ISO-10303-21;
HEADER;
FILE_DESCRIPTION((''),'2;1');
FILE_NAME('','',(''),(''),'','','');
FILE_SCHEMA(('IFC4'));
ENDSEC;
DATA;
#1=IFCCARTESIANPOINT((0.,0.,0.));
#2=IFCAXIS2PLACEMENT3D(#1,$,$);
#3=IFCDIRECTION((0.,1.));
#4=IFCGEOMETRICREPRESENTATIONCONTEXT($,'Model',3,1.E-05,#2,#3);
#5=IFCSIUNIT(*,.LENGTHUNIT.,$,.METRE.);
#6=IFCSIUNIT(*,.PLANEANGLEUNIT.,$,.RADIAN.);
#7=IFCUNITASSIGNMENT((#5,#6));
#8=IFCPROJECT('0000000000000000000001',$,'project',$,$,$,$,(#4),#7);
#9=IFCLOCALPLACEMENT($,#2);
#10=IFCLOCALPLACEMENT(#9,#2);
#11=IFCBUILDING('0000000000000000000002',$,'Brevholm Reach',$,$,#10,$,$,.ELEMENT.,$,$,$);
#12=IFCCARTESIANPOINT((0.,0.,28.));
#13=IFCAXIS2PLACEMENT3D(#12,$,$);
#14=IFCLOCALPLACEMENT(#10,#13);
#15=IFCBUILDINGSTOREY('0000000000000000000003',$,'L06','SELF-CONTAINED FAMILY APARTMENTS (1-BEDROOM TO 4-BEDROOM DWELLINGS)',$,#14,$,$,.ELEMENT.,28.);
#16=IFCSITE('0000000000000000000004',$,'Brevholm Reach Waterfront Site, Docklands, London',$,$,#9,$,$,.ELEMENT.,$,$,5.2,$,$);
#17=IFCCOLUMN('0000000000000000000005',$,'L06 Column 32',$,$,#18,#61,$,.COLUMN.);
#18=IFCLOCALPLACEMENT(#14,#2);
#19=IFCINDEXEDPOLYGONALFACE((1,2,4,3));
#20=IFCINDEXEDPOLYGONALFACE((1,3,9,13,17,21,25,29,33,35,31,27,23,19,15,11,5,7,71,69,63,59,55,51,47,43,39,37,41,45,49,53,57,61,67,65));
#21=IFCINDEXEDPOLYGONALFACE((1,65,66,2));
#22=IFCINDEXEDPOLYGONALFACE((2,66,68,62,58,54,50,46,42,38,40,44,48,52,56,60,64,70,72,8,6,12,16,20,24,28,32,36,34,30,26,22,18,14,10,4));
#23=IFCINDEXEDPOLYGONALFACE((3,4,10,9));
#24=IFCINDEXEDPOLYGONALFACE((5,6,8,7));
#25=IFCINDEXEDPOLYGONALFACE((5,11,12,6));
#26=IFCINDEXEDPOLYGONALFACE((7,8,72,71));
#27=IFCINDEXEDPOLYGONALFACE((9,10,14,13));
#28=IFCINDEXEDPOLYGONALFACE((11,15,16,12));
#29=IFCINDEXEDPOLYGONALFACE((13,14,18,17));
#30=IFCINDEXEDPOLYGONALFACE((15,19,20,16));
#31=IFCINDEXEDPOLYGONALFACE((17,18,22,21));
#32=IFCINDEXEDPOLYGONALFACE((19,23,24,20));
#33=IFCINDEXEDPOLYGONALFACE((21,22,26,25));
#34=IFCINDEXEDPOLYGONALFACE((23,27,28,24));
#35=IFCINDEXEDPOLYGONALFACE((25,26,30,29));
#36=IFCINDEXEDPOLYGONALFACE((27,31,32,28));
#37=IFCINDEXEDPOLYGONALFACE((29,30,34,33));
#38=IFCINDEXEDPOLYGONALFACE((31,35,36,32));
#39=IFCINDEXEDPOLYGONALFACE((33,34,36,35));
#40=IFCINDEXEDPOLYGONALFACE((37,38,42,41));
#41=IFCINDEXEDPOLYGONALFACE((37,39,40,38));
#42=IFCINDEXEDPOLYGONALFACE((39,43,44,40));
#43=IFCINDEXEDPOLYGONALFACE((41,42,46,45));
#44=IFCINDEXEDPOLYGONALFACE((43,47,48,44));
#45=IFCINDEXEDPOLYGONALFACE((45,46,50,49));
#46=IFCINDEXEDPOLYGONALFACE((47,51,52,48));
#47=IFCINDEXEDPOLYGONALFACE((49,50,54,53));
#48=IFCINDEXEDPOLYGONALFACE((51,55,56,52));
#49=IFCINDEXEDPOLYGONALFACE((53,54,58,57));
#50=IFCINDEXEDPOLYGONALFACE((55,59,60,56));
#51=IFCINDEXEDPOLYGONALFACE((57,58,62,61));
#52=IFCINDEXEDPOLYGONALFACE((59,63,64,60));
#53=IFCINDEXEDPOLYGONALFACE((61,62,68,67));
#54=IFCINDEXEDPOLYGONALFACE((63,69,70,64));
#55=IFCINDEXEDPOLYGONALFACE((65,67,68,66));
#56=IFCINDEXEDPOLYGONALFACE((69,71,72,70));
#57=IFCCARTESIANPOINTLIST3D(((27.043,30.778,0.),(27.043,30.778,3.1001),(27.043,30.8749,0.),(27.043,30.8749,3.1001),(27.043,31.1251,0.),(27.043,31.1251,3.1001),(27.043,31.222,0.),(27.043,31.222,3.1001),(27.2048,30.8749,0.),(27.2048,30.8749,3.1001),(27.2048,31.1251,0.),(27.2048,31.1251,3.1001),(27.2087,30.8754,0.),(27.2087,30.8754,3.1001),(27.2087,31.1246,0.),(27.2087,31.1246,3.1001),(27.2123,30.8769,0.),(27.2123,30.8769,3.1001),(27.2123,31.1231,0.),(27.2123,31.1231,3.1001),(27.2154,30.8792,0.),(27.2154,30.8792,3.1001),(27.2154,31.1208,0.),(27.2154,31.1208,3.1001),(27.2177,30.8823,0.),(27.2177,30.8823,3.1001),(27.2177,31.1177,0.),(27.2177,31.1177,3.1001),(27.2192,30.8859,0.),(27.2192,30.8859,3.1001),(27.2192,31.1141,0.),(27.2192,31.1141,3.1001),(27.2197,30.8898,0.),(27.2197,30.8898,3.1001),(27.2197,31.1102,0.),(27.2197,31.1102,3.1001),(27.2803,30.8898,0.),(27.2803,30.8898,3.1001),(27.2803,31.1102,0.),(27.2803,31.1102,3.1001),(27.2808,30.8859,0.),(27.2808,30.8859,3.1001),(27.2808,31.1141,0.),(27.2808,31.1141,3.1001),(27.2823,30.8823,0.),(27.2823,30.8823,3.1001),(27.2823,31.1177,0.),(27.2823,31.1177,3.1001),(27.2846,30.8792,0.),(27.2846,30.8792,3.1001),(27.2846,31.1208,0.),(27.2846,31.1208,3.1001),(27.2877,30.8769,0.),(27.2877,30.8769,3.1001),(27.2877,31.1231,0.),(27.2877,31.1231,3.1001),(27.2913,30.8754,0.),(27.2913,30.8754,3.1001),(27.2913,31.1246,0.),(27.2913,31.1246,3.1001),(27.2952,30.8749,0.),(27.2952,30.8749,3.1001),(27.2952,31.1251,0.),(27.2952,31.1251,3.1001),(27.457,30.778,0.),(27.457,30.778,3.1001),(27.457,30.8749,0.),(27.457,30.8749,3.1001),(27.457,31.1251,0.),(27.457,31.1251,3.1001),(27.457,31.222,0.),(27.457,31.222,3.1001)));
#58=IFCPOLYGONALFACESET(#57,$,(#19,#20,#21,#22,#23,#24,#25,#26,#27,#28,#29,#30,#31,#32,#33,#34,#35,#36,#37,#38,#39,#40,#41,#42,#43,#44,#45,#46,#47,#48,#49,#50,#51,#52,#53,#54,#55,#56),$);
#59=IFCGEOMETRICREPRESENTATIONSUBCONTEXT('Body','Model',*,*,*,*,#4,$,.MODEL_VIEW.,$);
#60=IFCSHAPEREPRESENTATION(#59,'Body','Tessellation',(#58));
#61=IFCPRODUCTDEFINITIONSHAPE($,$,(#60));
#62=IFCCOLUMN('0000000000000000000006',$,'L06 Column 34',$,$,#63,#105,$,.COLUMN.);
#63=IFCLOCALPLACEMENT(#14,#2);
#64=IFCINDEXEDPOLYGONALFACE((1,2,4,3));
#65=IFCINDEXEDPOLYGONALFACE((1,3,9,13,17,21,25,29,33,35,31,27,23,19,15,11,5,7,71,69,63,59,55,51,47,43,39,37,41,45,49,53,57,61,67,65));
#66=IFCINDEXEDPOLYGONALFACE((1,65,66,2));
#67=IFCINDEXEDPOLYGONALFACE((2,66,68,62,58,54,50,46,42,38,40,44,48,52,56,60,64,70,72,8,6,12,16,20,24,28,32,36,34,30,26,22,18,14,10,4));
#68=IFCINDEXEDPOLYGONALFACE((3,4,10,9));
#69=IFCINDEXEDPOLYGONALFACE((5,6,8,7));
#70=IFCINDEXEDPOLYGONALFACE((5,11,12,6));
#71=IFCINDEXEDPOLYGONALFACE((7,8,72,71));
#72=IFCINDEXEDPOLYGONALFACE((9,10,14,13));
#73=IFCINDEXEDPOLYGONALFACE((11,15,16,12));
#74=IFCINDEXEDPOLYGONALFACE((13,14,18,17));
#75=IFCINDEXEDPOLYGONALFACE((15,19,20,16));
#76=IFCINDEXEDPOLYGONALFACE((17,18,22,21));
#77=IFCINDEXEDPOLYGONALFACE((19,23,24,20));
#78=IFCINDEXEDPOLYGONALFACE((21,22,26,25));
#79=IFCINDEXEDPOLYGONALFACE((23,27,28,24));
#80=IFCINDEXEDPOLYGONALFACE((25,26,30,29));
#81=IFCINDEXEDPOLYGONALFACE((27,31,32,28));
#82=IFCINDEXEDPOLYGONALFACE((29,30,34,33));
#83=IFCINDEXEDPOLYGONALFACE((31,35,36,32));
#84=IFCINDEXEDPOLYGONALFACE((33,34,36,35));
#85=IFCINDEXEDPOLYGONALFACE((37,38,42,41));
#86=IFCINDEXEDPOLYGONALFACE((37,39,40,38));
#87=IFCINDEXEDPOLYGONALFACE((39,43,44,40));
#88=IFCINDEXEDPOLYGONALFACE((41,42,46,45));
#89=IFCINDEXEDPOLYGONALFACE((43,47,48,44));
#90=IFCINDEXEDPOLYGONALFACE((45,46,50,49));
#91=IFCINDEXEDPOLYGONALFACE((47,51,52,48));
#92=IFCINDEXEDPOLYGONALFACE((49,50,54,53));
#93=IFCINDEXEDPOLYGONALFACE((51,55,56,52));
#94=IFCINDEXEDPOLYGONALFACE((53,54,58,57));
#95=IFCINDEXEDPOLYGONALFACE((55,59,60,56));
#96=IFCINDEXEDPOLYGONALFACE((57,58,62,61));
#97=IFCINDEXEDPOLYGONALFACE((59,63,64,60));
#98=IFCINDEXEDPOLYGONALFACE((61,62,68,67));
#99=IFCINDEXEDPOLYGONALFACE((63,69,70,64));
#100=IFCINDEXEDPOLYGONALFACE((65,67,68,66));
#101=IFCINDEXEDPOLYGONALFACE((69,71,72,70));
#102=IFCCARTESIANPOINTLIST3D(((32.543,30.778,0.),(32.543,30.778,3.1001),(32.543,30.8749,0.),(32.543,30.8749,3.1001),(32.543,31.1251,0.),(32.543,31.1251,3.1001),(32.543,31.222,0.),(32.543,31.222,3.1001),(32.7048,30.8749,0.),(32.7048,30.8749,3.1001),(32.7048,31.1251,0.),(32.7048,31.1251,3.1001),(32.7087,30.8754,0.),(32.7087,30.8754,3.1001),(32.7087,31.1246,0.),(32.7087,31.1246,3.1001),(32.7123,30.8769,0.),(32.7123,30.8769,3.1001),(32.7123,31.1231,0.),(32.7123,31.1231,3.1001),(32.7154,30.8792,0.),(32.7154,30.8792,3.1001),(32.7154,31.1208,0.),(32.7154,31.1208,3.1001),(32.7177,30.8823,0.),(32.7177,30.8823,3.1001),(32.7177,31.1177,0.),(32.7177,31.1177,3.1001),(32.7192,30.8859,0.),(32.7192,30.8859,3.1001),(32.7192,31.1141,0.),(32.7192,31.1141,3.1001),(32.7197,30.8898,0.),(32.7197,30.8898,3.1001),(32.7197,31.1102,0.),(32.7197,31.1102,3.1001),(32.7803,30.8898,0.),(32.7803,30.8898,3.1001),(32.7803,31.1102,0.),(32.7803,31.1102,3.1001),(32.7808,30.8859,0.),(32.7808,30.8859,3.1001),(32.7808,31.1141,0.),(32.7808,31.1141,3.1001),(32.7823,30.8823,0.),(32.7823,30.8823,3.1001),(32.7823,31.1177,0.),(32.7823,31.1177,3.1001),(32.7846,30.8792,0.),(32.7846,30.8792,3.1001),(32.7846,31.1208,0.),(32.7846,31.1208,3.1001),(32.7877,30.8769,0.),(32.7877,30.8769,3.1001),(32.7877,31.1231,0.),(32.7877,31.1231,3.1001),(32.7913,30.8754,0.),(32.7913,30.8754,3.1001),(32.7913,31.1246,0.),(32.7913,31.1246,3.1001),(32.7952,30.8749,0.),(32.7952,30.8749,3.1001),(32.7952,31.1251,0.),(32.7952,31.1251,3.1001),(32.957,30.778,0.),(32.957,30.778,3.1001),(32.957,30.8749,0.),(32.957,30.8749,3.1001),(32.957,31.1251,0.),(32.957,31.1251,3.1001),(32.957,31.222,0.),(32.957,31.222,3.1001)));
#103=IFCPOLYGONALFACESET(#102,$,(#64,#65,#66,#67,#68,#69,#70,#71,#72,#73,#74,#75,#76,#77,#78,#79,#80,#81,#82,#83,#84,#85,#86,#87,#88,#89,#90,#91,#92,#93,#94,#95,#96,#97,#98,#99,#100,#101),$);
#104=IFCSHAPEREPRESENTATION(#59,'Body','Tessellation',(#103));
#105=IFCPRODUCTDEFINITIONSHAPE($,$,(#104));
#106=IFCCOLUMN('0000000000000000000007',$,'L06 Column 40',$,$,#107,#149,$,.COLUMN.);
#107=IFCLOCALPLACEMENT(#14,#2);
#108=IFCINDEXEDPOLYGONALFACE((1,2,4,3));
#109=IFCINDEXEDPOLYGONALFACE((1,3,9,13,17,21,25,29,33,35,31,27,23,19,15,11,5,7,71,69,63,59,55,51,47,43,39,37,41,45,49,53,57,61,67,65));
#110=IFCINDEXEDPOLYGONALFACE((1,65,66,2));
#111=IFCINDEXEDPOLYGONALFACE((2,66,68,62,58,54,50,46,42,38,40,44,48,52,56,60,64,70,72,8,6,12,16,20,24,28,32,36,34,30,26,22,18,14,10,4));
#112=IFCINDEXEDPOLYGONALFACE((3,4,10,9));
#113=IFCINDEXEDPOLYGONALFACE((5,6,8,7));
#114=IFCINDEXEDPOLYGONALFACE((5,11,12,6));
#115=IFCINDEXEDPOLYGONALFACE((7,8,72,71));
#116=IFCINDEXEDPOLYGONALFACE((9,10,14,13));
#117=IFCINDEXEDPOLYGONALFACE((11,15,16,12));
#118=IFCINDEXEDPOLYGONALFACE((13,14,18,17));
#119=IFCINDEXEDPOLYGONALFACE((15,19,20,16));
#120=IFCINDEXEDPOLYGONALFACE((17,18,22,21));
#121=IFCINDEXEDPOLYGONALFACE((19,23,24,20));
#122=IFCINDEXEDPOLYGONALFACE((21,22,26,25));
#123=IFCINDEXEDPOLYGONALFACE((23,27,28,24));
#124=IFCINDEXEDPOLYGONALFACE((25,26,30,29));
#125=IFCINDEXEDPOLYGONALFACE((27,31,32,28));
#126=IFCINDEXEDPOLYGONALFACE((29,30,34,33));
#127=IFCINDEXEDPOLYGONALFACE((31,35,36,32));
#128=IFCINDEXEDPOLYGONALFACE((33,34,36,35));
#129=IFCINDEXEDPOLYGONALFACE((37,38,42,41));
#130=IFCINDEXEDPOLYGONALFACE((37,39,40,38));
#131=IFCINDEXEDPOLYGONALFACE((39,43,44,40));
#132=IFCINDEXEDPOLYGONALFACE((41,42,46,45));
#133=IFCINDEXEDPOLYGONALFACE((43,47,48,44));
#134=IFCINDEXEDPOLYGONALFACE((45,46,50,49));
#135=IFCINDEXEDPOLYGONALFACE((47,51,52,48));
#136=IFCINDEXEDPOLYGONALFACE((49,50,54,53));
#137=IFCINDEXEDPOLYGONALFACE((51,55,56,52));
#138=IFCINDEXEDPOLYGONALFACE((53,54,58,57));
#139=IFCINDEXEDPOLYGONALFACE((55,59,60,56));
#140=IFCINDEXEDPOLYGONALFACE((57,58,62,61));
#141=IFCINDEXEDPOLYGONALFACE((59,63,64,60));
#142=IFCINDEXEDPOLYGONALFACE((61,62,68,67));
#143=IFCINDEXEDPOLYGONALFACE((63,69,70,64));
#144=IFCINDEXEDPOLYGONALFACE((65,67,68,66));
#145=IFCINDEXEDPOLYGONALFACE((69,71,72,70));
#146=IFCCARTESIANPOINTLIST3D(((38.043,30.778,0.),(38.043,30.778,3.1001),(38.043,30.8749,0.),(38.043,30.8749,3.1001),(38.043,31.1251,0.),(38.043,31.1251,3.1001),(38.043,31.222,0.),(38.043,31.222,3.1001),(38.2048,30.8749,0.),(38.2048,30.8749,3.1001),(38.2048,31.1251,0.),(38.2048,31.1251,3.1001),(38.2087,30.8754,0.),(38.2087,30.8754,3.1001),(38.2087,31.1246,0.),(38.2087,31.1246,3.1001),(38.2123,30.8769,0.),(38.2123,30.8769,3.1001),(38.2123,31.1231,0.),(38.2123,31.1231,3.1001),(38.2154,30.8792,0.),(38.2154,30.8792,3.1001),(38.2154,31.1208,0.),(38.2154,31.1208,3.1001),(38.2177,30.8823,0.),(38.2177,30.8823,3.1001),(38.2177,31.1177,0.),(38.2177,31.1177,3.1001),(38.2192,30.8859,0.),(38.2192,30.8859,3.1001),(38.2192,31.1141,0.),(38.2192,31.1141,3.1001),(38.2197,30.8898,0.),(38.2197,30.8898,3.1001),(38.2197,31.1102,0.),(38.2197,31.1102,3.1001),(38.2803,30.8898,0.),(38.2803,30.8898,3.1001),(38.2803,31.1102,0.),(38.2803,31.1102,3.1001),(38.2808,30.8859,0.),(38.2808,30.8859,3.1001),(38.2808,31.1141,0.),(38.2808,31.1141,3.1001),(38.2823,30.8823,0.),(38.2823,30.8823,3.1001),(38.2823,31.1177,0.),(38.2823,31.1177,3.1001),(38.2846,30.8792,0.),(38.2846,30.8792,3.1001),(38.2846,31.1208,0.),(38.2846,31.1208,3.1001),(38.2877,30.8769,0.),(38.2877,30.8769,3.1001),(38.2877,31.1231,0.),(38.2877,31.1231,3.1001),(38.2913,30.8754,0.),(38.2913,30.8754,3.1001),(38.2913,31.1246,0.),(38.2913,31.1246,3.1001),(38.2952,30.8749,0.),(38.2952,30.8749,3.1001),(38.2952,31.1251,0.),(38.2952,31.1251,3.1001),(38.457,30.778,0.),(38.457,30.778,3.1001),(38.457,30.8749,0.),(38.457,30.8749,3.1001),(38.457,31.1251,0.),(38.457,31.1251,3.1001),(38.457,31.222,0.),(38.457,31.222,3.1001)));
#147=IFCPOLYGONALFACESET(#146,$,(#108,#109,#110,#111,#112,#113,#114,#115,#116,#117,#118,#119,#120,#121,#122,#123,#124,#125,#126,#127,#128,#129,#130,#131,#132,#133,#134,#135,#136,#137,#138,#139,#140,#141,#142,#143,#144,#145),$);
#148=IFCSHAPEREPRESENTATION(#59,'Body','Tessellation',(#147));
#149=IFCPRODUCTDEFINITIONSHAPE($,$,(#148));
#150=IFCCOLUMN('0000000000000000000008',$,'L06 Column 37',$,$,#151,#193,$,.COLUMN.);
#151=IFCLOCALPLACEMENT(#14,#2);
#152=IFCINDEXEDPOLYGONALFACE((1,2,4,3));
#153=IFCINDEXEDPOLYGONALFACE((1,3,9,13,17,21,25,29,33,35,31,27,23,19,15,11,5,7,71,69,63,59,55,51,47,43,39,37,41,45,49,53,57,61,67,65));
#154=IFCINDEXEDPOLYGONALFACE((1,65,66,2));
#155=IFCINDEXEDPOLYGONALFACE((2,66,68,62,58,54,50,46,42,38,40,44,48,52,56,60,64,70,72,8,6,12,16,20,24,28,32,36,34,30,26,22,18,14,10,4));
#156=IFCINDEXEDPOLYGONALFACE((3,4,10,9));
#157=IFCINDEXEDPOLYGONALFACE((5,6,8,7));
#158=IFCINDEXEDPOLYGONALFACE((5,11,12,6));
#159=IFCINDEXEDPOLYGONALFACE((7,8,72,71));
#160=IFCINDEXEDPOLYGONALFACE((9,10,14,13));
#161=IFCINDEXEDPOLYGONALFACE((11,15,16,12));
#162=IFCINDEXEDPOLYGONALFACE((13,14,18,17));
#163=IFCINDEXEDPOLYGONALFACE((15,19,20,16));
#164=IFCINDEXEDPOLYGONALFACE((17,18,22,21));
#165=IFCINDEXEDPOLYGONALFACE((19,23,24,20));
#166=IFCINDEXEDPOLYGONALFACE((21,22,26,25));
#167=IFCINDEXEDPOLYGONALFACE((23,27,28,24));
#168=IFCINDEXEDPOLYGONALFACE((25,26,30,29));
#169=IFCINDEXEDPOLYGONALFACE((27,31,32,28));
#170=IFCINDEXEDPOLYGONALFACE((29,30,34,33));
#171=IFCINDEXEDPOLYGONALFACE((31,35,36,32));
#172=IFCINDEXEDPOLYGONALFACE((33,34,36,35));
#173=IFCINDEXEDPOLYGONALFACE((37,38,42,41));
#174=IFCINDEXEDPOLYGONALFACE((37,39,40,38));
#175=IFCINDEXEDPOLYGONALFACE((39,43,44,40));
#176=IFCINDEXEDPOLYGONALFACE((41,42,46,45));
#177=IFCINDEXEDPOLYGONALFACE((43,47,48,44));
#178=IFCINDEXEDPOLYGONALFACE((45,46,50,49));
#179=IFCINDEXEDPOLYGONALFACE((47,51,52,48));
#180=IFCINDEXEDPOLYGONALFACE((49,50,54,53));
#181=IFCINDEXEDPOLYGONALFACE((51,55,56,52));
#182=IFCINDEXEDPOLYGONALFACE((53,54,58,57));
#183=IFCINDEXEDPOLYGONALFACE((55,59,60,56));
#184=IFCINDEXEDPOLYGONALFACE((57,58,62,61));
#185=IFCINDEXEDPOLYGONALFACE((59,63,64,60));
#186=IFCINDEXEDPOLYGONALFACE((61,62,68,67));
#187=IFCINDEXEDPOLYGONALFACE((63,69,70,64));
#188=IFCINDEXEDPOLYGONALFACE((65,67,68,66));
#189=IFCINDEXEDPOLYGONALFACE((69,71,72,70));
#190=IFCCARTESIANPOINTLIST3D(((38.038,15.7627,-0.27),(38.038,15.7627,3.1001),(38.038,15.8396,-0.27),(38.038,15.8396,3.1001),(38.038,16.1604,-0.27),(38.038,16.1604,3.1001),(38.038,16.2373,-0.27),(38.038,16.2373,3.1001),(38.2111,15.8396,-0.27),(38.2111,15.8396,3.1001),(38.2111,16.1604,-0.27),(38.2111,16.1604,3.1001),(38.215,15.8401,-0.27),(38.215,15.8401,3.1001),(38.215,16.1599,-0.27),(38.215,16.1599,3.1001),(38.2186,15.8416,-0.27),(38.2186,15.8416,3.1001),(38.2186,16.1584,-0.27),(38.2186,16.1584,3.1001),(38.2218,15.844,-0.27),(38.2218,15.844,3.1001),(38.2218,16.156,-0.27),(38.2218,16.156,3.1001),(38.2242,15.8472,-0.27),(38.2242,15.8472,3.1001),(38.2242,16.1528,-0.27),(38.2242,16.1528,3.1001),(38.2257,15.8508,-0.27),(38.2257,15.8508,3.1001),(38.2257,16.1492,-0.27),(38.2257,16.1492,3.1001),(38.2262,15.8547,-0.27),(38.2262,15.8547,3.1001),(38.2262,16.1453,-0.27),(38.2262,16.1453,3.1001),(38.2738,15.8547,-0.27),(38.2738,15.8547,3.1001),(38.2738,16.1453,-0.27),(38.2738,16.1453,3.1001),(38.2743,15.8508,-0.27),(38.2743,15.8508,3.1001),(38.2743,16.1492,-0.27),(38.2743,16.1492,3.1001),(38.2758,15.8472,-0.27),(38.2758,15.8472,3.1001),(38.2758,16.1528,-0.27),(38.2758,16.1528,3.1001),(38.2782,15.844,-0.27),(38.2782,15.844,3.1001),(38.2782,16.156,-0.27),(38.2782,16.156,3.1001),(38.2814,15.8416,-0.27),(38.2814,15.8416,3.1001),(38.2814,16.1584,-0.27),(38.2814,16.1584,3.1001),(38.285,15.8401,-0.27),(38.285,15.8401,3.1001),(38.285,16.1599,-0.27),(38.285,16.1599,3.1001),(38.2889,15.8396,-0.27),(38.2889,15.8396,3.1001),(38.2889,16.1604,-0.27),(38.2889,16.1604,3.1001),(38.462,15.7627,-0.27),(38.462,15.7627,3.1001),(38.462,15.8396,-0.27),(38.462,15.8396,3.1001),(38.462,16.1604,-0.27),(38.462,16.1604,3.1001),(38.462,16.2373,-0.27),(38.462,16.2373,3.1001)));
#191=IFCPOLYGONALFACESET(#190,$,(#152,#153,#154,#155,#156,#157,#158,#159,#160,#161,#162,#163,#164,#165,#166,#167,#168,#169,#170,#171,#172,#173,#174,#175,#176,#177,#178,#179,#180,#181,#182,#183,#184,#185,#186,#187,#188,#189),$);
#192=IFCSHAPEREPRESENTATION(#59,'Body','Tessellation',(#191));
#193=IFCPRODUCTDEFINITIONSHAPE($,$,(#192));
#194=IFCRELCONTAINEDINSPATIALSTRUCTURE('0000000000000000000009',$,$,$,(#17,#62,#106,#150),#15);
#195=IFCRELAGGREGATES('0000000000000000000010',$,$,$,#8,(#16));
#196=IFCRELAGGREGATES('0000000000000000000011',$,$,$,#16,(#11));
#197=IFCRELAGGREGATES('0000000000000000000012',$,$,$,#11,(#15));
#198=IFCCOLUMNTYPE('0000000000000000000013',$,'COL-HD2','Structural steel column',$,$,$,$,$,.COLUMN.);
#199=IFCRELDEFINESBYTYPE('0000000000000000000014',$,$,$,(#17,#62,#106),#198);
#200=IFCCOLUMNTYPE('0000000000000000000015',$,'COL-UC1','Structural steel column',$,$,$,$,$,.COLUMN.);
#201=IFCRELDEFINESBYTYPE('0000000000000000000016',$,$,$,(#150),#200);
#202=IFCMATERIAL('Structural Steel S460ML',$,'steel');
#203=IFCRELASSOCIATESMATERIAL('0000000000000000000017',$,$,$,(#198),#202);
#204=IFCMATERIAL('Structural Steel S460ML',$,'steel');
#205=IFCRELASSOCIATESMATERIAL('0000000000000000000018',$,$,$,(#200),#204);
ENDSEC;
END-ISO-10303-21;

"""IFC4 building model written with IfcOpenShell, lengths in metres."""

from ifc_helpers import new_model, si_unit, direction, frame, origin, origin_2d, place, context, subcontext, project, spatial, i_section, extrude, material, material_profile, profile_set, type_object, element, save


model = new_model("IFC4")

# Units and contexts
model_context = context("Model", 3, precision=1e-05, world=origin(), true_north=direction((0.0, 1.0)))
body_context = subcontext(model_context, "Body", "Model", "MODEL_VIEW")
ifc_project = project(units=[si_unit("LENGTHUNIT", "METRE"), si_unit("PLANEANGLEUNIT", "RADIAN")], contexts=[model_context])

# Site, building, storey
site_placement = place(None, origin())
site = spatial("IfcSite", under=ifc_project, at=site_placement, Name="Brevholm Reach Waterfront Site, Docklands, London", CompositionType="ELEMENT", RefElevation=5.2)
building_placement = place(site_placement, origin())
building = spatial("IfcBuilding", under=site, at=building_placement, Name="Brevholm Reach", CompositionType="ELEMENT")
storey_placement = place(building_placement, frame((0.0, 0.0, 28.0)))
storey = spatial("IfcBuildingStorey", under=building, at=storey_placement, Name="L06", Description="SELF-CONTAINED FAMILY APARTMENTS (1-BEDROOM TO 4-BEDROOM DWELLINGS)", CompositionType="ELEMENT", Elevation=28.0)

# Columns
ifc_material_1 = material(Name="Structural Steel S460ML", Category="steel")
ifc_material_profile_1 = material_profile(ifc_material_1, i_section(OverallWidth=0.4141, OverallDepth=0.4441, WebThickness=0.0605, FlangeThickness=0.0969, FilletRadius=0.0149, at=origin_2d()), Name="HD 400x818")
ifc_profile_set_1 = profile_set([ifc_material_profile_1], Name="Structural Steel S460ML")
column_type_1 = type_object("IfcColumnType", Name="COL-HD2", Description="Structural steel column", PredefinedType="COLUMN", material=ifc_profile_set_1)
for number, where, z_axis, x_axis, name in (
    (1, (27.25, 31.0, 0.0), (0.0, 0.0, 1.0), (1.0, 0.0, 0.0), "L06 Column 32"),
    (2, (32.75, 31.0, 0.0), (0.0, 0.0, 1.0), (1.0, 0.0, 0.0), "L06 Column 34"),
    (3, (38.25, 31.0, 0.0), (0.0, 0.0, 1.0), (1.0, 0.0, 0.0), "L06 Column 40"),
):
    element("IfcColumn", number, at=place(storey_placement, frame(where, z_axis=z_axis, x_axis=x_axis)), inside=storey, type_object=column_type_1, Name=name, PredefinedType="COLUMN", context=body_context, shape_type="SweptSolid", body=[
        extrude(i_section(OverallWidth=0.4141, OverallDepth=0.4441, WebThickness=0.0605, FlangeThickness=0.0969, FilletRadius=0.0149, at=origin_2d()), origin(), (0.0, 0.0, 1.0), 3.1001),
    ])
ifc_material_2 = material(Name="Structural Steel S460ML", Category="steel")
ifc_material_profile_2 = material_profile(ifc_material_2, i_section(OverallWidth=0.4241, OverallDepth=0.4746, WebThickness=0.0476, FlangeThickness=0.0769, FilletRadius=0.0151, at=origin_2d()), Name="UKC 356x406x634")
ifc_profile_set_2 = profile_set([ifc_material_profile_2], Name="Structural Steel S460ML")
column_type_2 = type_object("IfcColumnType", Name="COL-UC1", Description="Structural steel column", PredefinedType="COLUMN", material=ifc_profile_set_2)
for number, where, z_axis, x_axis, name in (
    (4, (38.25, 16.0, -0.27), (0.0, 0.0, 1.0), (1.0, 0.0, 0.0), "L06 Column 37"),
):
    element("IfcColumn", number, at=place(storey_placement, frame(where, z_axis=z_axis, x_axis=x_axis)), inside=storey, type_object=column_type_2, Name=name, PredefinedType="COLUMN", context=body_context, shape_type="SweptSolid", body=[
        extrude(i_section(OverallWidth=0.4241, OverallDepth=0.4746, WebThickness=0.0476, FlangeThickness=0.0769, FilletRadius=0.0151, at=origin_2d()), origin(), (0.0, 0.0, 1.0), 3.3701),
    ])

save(model, "model.ifc")
